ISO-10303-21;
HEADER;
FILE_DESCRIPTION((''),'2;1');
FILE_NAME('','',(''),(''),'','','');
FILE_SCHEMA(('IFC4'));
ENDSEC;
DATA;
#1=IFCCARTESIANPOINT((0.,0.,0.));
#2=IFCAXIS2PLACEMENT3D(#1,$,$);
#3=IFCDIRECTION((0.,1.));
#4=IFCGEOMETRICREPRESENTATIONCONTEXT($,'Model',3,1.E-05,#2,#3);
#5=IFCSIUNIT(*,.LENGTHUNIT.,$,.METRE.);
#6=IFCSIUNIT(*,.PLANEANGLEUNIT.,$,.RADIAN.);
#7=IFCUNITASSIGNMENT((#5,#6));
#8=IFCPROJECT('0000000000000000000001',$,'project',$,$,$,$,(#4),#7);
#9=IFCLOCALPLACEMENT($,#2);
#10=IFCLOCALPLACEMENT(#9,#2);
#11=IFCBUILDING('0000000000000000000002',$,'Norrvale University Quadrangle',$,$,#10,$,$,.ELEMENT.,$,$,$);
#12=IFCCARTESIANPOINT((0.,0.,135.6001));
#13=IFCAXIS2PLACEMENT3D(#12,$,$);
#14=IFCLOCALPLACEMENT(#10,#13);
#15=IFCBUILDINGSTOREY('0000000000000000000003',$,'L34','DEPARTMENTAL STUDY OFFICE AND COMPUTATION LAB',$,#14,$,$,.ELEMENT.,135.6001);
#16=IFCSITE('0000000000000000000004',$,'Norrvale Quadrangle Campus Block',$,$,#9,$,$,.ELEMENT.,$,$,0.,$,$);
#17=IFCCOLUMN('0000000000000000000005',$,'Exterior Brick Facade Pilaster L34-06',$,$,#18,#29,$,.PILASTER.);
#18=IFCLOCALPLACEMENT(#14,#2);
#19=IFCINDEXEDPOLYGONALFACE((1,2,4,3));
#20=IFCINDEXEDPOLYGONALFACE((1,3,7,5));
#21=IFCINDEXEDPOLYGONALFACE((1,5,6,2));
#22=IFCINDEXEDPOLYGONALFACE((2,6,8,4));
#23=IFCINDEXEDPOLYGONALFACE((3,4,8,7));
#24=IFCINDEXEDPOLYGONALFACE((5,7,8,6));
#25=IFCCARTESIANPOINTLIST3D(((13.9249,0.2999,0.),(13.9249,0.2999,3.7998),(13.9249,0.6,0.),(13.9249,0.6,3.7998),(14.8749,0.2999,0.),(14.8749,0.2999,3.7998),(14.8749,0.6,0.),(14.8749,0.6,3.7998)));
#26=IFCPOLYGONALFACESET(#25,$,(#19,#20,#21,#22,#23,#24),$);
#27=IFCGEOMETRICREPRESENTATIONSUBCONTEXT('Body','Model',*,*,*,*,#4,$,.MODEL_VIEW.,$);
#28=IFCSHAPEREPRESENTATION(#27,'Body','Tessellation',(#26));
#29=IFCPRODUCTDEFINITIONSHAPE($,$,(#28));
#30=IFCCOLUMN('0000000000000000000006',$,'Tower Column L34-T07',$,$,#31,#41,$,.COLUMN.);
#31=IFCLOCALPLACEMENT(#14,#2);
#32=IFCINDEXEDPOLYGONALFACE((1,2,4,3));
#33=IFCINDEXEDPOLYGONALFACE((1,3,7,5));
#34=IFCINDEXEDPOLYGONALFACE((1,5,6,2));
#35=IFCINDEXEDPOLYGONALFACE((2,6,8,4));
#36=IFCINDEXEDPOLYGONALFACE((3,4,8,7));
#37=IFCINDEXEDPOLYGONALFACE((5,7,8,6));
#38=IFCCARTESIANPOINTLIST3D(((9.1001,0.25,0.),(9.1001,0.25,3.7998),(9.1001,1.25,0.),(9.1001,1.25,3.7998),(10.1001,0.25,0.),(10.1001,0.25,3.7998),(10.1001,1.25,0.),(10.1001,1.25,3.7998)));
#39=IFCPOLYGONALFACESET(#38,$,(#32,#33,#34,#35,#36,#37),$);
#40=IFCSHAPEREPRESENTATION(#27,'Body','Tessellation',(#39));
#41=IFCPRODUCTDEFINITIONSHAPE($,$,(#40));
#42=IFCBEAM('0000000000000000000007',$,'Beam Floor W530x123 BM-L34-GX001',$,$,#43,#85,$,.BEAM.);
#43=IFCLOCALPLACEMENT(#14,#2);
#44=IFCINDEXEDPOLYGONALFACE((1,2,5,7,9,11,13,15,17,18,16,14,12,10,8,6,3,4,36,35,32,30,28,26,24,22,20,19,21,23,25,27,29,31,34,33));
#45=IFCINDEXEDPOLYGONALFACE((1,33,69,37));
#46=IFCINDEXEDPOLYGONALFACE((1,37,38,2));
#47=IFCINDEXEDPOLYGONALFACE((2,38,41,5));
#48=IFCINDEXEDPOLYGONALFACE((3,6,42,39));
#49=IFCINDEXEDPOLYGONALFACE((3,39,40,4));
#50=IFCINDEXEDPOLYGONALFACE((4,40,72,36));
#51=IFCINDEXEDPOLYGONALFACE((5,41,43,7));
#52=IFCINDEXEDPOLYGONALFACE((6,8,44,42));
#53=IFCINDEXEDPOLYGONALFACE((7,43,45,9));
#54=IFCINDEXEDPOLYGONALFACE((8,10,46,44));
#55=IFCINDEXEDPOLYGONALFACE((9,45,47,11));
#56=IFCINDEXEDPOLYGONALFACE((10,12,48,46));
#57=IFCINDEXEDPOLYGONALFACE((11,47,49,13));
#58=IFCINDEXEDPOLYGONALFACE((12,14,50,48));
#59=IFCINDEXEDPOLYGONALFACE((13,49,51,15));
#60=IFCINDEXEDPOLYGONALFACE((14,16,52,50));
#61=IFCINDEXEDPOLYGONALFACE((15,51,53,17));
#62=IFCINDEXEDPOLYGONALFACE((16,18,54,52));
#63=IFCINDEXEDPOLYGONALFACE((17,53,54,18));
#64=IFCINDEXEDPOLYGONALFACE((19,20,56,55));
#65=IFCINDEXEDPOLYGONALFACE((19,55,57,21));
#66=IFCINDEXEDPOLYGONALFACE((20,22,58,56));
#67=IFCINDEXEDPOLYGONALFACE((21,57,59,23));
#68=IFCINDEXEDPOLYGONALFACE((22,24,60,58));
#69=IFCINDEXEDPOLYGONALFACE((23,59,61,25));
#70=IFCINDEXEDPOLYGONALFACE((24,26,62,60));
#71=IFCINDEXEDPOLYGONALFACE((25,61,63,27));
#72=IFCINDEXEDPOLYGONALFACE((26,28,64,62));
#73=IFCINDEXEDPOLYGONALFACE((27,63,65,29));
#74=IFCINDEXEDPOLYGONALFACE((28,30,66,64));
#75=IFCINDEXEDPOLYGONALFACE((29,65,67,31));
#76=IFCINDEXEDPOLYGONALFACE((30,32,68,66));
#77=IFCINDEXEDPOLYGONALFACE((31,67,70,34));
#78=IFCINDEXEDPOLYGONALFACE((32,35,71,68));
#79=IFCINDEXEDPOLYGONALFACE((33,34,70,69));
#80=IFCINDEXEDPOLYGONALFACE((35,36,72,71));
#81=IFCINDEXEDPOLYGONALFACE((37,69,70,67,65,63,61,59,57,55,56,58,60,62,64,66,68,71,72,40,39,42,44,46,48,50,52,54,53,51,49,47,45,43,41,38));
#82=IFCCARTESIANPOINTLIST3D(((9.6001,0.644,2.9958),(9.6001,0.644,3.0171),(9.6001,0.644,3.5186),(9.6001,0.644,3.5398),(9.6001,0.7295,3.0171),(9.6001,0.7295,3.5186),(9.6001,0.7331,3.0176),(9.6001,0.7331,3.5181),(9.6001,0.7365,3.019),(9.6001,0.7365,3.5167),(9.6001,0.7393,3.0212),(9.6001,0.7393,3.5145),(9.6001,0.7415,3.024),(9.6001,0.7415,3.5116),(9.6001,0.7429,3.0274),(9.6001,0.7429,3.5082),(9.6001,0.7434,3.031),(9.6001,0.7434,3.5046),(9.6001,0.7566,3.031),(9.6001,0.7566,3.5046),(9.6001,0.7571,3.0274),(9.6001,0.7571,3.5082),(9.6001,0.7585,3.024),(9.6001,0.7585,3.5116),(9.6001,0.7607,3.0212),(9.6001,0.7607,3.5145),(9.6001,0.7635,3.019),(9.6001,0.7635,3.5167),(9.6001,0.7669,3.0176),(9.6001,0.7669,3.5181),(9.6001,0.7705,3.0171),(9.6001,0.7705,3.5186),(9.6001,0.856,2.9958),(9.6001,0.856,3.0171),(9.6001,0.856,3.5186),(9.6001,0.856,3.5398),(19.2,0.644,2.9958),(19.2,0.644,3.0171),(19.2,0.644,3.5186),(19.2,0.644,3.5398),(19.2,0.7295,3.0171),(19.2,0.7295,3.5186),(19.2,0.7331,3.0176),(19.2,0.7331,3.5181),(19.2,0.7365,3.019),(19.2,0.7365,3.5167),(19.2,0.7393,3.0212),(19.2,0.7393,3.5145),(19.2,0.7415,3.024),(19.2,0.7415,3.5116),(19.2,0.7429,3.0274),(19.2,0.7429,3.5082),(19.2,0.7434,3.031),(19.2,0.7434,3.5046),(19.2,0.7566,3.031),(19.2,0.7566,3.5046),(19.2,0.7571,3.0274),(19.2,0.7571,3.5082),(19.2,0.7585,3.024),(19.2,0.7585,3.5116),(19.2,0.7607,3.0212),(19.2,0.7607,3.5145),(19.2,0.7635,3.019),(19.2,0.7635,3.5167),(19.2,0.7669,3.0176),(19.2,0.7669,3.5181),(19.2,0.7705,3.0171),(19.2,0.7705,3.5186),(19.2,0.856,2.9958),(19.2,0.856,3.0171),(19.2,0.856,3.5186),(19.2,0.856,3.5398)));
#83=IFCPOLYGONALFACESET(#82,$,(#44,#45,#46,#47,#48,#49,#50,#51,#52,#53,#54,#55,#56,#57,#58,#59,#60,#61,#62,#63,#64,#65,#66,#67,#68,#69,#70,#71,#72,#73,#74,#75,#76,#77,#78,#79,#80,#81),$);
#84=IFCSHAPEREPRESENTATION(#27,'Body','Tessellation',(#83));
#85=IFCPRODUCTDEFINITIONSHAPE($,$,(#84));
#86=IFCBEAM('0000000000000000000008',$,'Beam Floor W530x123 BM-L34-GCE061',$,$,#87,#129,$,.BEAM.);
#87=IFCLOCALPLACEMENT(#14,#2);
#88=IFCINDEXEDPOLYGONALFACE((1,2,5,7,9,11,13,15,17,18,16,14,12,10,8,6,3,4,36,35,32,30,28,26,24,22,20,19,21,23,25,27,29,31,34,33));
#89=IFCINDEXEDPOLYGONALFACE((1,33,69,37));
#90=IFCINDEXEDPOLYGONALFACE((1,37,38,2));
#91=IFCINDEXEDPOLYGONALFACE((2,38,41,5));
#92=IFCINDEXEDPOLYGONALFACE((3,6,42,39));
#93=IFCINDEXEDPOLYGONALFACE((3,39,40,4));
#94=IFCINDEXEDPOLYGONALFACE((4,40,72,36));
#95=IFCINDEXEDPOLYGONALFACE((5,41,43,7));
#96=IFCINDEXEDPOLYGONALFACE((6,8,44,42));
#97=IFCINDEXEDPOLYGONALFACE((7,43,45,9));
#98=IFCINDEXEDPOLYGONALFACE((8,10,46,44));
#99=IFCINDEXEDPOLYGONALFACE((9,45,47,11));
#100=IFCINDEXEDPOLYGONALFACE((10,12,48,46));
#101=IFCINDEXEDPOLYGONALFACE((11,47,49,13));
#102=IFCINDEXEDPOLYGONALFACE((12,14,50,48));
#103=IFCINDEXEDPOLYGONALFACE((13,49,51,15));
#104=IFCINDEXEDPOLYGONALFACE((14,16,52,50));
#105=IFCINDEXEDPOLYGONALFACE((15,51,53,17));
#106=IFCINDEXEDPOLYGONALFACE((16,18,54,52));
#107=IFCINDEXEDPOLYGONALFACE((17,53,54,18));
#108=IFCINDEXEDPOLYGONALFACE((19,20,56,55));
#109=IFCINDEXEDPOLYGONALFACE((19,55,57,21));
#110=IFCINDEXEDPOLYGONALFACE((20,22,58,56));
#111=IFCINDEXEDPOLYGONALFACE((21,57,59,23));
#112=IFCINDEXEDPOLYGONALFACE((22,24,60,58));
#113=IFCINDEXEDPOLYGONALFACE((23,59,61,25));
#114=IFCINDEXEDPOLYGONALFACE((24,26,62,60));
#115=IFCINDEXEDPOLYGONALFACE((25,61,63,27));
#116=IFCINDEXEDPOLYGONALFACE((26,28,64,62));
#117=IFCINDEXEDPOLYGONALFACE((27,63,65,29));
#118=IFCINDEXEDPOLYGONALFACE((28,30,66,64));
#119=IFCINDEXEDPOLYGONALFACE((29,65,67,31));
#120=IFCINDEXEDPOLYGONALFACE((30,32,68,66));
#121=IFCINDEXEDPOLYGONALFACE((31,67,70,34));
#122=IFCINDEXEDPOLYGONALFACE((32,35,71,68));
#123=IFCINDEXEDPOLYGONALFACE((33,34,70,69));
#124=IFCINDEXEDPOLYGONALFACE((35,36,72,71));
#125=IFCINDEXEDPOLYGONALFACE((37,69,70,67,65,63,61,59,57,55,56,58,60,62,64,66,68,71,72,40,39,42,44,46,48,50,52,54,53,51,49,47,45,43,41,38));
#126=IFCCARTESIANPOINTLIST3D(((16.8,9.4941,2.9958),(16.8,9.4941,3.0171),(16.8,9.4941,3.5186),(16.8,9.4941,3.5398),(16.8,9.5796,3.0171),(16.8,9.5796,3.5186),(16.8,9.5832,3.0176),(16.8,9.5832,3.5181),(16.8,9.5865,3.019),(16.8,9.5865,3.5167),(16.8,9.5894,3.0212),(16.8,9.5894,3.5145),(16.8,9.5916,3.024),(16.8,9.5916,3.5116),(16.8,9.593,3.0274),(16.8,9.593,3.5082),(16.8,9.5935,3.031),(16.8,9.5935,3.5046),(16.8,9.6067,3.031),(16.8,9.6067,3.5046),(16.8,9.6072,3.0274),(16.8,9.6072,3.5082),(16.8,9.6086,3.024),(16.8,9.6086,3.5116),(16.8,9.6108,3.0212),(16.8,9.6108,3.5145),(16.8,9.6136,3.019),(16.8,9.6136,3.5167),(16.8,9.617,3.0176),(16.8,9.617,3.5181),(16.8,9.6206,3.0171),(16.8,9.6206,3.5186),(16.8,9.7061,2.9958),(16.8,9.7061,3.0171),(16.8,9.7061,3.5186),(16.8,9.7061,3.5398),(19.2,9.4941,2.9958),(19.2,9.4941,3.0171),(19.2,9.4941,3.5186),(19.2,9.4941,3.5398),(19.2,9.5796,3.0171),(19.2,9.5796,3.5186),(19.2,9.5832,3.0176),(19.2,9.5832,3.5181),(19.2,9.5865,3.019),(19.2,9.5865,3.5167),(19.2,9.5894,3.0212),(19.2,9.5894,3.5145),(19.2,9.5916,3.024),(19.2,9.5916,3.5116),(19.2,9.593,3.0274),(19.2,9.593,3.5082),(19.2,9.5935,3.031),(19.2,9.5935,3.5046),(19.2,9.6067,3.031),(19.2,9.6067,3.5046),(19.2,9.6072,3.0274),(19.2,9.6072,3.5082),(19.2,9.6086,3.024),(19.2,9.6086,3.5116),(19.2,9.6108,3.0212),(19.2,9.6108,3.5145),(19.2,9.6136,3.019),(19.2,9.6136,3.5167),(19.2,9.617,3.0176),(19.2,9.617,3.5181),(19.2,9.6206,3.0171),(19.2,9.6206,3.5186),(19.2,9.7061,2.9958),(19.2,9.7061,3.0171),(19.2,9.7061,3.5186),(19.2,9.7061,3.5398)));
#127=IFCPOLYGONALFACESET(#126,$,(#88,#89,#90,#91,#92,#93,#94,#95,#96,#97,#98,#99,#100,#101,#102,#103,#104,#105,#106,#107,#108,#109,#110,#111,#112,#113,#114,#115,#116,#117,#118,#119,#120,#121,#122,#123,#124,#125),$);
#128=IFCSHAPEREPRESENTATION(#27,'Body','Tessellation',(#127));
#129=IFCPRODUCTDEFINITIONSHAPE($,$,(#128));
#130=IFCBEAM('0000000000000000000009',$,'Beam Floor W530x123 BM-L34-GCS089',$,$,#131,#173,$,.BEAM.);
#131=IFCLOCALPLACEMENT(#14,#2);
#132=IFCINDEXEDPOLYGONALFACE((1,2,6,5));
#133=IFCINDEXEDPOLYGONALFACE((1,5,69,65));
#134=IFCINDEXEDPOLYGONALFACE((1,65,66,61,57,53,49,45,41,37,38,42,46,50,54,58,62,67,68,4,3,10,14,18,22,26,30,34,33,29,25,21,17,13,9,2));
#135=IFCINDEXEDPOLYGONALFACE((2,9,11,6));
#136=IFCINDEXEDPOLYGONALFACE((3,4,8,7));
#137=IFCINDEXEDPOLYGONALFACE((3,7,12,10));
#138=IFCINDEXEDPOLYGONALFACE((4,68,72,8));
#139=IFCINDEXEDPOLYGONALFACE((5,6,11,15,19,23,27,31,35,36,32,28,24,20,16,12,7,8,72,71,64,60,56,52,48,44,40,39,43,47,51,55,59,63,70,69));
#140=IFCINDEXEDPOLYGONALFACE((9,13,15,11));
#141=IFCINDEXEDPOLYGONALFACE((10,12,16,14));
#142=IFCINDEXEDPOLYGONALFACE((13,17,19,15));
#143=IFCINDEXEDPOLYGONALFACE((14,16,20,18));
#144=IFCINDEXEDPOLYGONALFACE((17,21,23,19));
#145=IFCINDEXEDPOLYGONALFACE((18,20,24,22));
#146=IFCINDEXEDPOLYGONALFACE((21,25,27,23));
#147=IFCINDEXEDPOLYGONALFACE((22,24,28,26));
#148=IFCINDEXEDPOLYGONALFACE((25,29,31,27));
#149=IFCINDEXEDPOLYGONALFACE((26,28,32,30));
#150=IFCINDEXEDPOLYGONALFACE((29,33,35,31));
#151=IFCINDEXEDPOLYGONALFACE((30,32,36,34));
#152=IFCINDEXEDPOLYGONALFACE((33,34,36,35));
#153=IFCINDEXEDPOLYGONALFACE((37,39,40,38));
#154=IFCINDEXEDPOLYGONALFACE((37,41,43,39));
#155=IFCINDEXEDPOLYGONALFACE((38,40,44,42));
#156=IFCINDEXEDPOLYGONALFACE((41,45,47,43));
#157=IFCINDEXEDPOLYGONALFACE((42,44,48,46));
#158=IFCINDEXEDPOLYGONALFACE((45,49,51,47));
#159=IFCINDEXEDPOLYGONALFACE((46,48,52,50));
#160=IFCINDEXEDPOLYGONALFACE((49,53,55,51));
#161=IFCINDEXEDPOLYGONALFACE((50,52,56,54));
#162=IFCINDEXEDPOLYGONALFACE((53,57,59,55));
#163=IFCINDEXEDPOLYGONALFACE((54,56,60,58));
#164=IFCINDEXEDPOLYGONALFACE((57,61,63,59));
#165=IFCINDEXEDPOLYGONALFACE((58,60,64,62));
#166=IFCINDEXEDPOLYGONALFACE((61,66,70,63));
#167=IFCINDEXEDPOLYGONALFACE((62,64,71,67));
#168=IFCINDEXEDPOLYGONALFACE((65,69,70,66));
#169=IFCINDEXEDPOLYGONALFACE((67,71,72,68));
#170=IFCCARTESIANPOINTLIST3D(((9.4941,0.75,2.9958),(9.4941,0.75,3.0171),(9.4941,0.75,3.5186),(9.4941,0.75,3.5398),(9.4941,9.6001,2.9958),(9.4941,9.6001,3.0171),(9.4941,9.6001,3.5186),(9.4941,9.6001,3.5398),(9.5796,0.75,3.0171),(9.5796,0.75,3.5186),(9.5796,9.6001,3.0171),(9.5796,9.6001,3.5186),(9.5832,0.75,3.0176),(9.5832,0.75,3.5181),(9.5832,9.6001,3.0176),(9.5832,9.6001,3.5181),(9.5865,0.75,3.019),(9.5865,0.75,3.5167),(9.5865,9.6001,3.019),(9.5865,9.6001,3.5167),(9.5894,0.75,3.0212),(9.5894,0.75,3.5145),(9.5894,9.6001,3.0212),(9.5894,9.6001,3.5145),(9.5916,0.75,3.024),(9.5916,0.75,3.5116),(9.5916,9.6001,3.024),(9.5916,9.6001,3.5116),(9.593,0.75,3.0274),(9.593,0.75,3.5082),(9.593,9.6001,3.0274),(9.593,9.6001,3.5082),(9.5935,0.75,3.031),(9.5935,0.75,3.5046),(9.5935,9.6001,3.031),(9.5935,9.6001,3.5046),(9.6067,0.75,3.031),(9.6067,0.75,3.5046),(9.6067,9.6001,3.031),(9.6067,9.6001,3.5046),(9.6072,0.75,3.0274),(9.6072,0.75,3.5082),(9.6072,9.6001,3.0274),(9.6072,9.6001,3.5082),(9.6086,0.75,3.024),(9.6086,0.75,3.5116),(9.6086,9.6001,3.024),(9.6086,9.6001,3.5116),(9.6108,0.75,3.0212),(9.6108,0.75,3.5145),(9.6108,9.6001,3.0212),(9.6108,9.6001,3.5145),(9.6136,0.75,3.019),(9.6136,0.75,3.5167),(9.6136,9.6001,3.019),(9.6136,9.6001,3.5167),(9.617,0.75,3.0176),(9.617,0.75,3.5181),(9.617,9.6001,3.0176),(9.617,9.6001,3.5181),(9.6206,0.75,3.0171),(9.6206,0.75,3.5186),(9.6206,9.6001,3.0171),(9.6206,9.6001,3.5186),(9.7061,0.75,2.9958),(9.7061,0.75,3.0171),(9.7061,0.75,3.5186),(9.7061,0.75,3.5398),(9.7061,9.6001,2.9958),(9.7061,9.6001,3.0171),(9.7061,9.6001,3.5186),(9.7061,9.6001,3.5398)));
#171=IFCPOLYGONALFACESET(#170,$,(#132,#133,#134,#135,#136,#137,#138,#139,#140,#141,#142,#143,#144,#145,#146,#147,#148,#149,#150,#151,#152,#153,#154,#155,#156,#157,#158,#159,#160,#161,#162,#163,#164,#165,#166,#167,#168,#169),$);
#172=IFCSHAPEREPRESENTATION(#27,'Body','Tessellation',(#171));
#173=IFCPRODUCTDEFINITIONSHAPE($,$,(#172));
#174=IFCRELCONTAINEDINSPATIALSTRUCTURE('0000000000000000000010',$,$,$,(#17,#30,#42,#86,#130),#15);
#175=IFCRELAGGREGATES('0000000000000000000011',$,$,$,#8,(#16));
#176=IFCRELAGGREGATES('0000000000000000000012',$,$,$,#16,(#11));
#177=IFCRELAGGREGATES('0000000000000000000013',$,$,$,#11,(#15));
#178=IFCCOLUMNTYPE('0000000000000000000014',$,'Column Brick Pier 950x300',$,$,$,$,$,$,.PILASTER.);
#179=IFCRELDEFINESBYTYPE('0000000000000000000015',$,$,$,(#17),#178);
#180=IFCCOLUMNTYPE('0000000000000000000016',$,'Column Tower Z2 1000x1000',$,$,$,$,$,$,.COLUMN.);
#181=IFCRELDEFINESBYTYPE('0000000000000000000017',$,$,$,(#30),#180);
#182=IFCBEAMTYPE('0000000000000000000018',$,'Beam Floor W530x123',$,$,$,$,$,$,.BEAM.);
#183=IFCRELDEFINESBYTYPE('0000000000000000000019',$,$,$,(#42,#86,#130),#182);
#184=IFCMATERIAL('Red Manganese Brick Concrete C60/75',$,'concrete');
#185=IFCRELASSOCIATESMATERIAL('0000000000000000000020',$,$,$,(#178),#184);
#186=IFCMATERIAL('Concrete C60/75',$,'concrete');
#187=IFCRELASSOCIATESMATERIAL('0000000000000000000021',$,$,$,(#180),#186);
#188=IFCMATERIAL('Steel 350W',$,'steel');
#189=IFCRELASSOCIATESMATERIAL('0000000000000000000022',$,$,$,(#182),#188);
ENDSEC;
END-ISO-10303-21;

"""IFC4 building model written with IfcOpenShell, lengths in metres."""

from ifc_helpers import new_model, si_unit, direction, frame, origin, origin_2d, place, context, subcontext, project, spatial, rectangle, i_section, extrude, material, material_profile, profile_set, type_object, element, save


model = new_model("IFC4")

# Units and contexts
model_context = context("Model", 3, precision=1e-05, world=origin(), true_north=direction((0.0, 1.0)))
body_context = subcontext(model_context, "Body", "Model", "MODEL_VIEW")
ifc_project = project(units=[si_unit("LENGTHUNIT", "METRE"), si_unit("PLANEANGLEUNIT", "RADIAN")], contexts=[model_context])

# Site, building, storey
site_placement = place(None, origin())
site = spatial("IfcSite", under=ifc_project, at=site_placement, Name="Norrvale Quadrangle Campus Block", CompositionType="ELEMENT", RefElevation=0.0)
building_placement = place(site_placement, origin())
building = spatial("IfcBuilding", under=site, at=building_placement, Name="Norrvale University Quadrangle", CompositionType="ELEMENT")
storey_placement = place(building_placement, frame((0.0, 0.0, 135.6001)))
storey = spatial("IfcBuildingStorey", under=building, at=storey_placement, Name="L34", Description="DEPARTMENTAL STUDY OFFICE AND COMPUTATION LAB", CompositionType="ELEMENT", Elevation=135.6001)

# Columns
ifc_material_1 = material(Name="Red Manganese Brick Concrete C60/75", Category="concrete")
ifc_material_profile_1 = material_profile(ifc_material_1, rectangle(XDim=0.95, YDim=0.3, at=origin_2d()), Name="Red Manganese Brick Concrete C60/75")
ifc_profile_set_1 = profile_set([ifc_material_profile_1], Name="Red Manganese Brick Concrete C60/75")
column_type_1 = type_object("IfcColumnType", Name="Column Brick Pier 950x300", PredefinedType="PILASTER", material=ifc_profile_set_1)
column_1_placement = place(storey_placement, frame((14.3999, 0.45, 0.0), z_axis=(0.0, 0.0, 1.0), x_axis=(1.0, 0.0, 0.0)))
element("IfcColumn", 1, at=column_1_placement, inside=storey, type_object=column_type_1, Name="Exterior Brick Facade Pilaster L34-06", PredefinedType="PILASTER", context=body_context, shape_type="SweptSolid", body=[
    extrude(rectangle(XDim=0.95, YDim=0.3, at=origin_2d()), origin(), (0.0, 0.0, 1.0), 3.7998),
])
ifc_material_2 = material(Name="Concrete C60/75", Category="concrete")
ifc_material_profile_2 = material_profile(ifc_material_2, rectangle(XDim=1.0, YDim=1.0, at=origin_2d()), Name="Concrete C60/75")
ifc_profile_set_2 = profile_set([ifc_material_profile_2], Name="Concrete C60/75")
column_type_2 = type_object("IfcColumnType", Name="Column Tower Z2 1000x1000", PredefinedType="COLUMN", material=ifc_profile_set_2)
column_2_placement = place(storey_placement, frame((9.6001, 0.75, 0.0), z_axis=(0.0, 0.0, 1.0), x_axis=(1.0, 0.0, 0.0)))
element("IfcColumn", 2, at=column_2_placement, inside=storey, type_object=column_type_2, Name="Tower Column L34-T07", PredefinedType="COLUMN", context=body_context, shape_type="SweptSolid", body=[
    extrude(rectangle(XDim=1.0, YDim=1.0, at=origin_2d()), origin(), (0.0, 0.0, 1.0), 3.7998),
])

# Beams
ifc_material_3 = material(Name="Steel 350W", Category="steel")
ifc_material_profile_3 = material_profile(ifc_material_3, i_section(OverallWidth=0.2119, OverallDepth=0.5439, WebThickness=0.0132, FlangeThickness=0.0212, FilletRadius=0.0139, at=origin_2d()), Name="Steel 350W")
ifc_profile_set_3 = profile_set([ifc_material_profile_3], Name="Steel 350W")
beam_type_1 = type_object("IfcBeamType", Name="Beam Floor W530x123", PredefinedType="BEAM", material=ifc_profile_set_3)
beam_1_placement = place(storey_placement, frame((9.6001, 0.75, 3.2678), z_axis=(1.0, 0.0, 0.0), x_axis=(0.0, 1.0, 0.0)))
element("IfcBeam", 3, at=beam_1_placement, inside=storey, type_object=beam_type_1, Name="Beam Floor W530x123 BM-L34-GX001", PredefinedType="BEAM", context=body_context, shape_type="SweptSolid", body=[
    extrude(i_section(OverallWidth=0.2119, OverallDepth=0.5439, WebThickness=0.0132, FlangeThickness=0.0212, FilletRadius=0.0139, at=origin_2d()), origin(), (0.0, 0.0, 1.0), 9.5999),
])
beam_2_placement = place(storey_placement, frame((16.8, 9.6001, 3.2678), z_axis=(1.0, 0.0, 0.0), x_axis=(0.0, 1.0, 0.0)))
element("IfcBeam", 4, at=beam_2_placement, inside=storey, type_object=beam_type_1, Name="Beam Floor W530x123 BM-L34-GCE061", PredefinedType="BEAM", context=body_context, shape_type="SweptSolid", body=[
    extrude(i_section(OverallWidth=0.2119, OverallDepth=0.5439, WebThickness=0.0132, FlangeThickness=0.0212, FilletRadius=0.0139, at=origin_2d()), origin(), (0.0, 0.0, 1.0), 2.3999),
])
beam_3_placement = place(storey_placement, frame((9.6001, 0.75, 3.2678), z_axis=(0.0, 1.0, 0.0), x_axis=(-1.0, 0.0, 0.0)))
element("IfcBeam", 5, at=beam_3_placement, inside=storey, type_object=beam_type_1, Name="Beam Floor W530x123 BM-L34-GCS089", PredefinedType="BEAM", context=body_context, shape_type="SweptSolid", body=[
    extrude(i_section(OverallWidth=0.2119, OverallDepth=0.5439, WebThickness=0.0132, FlangeThickness=0.0212, FilletRadius=0.0139, at=origin_2d()), origin(), (0.0, 0.0, 1.0), 8.8501),
])

save(model, "model.ifc")
